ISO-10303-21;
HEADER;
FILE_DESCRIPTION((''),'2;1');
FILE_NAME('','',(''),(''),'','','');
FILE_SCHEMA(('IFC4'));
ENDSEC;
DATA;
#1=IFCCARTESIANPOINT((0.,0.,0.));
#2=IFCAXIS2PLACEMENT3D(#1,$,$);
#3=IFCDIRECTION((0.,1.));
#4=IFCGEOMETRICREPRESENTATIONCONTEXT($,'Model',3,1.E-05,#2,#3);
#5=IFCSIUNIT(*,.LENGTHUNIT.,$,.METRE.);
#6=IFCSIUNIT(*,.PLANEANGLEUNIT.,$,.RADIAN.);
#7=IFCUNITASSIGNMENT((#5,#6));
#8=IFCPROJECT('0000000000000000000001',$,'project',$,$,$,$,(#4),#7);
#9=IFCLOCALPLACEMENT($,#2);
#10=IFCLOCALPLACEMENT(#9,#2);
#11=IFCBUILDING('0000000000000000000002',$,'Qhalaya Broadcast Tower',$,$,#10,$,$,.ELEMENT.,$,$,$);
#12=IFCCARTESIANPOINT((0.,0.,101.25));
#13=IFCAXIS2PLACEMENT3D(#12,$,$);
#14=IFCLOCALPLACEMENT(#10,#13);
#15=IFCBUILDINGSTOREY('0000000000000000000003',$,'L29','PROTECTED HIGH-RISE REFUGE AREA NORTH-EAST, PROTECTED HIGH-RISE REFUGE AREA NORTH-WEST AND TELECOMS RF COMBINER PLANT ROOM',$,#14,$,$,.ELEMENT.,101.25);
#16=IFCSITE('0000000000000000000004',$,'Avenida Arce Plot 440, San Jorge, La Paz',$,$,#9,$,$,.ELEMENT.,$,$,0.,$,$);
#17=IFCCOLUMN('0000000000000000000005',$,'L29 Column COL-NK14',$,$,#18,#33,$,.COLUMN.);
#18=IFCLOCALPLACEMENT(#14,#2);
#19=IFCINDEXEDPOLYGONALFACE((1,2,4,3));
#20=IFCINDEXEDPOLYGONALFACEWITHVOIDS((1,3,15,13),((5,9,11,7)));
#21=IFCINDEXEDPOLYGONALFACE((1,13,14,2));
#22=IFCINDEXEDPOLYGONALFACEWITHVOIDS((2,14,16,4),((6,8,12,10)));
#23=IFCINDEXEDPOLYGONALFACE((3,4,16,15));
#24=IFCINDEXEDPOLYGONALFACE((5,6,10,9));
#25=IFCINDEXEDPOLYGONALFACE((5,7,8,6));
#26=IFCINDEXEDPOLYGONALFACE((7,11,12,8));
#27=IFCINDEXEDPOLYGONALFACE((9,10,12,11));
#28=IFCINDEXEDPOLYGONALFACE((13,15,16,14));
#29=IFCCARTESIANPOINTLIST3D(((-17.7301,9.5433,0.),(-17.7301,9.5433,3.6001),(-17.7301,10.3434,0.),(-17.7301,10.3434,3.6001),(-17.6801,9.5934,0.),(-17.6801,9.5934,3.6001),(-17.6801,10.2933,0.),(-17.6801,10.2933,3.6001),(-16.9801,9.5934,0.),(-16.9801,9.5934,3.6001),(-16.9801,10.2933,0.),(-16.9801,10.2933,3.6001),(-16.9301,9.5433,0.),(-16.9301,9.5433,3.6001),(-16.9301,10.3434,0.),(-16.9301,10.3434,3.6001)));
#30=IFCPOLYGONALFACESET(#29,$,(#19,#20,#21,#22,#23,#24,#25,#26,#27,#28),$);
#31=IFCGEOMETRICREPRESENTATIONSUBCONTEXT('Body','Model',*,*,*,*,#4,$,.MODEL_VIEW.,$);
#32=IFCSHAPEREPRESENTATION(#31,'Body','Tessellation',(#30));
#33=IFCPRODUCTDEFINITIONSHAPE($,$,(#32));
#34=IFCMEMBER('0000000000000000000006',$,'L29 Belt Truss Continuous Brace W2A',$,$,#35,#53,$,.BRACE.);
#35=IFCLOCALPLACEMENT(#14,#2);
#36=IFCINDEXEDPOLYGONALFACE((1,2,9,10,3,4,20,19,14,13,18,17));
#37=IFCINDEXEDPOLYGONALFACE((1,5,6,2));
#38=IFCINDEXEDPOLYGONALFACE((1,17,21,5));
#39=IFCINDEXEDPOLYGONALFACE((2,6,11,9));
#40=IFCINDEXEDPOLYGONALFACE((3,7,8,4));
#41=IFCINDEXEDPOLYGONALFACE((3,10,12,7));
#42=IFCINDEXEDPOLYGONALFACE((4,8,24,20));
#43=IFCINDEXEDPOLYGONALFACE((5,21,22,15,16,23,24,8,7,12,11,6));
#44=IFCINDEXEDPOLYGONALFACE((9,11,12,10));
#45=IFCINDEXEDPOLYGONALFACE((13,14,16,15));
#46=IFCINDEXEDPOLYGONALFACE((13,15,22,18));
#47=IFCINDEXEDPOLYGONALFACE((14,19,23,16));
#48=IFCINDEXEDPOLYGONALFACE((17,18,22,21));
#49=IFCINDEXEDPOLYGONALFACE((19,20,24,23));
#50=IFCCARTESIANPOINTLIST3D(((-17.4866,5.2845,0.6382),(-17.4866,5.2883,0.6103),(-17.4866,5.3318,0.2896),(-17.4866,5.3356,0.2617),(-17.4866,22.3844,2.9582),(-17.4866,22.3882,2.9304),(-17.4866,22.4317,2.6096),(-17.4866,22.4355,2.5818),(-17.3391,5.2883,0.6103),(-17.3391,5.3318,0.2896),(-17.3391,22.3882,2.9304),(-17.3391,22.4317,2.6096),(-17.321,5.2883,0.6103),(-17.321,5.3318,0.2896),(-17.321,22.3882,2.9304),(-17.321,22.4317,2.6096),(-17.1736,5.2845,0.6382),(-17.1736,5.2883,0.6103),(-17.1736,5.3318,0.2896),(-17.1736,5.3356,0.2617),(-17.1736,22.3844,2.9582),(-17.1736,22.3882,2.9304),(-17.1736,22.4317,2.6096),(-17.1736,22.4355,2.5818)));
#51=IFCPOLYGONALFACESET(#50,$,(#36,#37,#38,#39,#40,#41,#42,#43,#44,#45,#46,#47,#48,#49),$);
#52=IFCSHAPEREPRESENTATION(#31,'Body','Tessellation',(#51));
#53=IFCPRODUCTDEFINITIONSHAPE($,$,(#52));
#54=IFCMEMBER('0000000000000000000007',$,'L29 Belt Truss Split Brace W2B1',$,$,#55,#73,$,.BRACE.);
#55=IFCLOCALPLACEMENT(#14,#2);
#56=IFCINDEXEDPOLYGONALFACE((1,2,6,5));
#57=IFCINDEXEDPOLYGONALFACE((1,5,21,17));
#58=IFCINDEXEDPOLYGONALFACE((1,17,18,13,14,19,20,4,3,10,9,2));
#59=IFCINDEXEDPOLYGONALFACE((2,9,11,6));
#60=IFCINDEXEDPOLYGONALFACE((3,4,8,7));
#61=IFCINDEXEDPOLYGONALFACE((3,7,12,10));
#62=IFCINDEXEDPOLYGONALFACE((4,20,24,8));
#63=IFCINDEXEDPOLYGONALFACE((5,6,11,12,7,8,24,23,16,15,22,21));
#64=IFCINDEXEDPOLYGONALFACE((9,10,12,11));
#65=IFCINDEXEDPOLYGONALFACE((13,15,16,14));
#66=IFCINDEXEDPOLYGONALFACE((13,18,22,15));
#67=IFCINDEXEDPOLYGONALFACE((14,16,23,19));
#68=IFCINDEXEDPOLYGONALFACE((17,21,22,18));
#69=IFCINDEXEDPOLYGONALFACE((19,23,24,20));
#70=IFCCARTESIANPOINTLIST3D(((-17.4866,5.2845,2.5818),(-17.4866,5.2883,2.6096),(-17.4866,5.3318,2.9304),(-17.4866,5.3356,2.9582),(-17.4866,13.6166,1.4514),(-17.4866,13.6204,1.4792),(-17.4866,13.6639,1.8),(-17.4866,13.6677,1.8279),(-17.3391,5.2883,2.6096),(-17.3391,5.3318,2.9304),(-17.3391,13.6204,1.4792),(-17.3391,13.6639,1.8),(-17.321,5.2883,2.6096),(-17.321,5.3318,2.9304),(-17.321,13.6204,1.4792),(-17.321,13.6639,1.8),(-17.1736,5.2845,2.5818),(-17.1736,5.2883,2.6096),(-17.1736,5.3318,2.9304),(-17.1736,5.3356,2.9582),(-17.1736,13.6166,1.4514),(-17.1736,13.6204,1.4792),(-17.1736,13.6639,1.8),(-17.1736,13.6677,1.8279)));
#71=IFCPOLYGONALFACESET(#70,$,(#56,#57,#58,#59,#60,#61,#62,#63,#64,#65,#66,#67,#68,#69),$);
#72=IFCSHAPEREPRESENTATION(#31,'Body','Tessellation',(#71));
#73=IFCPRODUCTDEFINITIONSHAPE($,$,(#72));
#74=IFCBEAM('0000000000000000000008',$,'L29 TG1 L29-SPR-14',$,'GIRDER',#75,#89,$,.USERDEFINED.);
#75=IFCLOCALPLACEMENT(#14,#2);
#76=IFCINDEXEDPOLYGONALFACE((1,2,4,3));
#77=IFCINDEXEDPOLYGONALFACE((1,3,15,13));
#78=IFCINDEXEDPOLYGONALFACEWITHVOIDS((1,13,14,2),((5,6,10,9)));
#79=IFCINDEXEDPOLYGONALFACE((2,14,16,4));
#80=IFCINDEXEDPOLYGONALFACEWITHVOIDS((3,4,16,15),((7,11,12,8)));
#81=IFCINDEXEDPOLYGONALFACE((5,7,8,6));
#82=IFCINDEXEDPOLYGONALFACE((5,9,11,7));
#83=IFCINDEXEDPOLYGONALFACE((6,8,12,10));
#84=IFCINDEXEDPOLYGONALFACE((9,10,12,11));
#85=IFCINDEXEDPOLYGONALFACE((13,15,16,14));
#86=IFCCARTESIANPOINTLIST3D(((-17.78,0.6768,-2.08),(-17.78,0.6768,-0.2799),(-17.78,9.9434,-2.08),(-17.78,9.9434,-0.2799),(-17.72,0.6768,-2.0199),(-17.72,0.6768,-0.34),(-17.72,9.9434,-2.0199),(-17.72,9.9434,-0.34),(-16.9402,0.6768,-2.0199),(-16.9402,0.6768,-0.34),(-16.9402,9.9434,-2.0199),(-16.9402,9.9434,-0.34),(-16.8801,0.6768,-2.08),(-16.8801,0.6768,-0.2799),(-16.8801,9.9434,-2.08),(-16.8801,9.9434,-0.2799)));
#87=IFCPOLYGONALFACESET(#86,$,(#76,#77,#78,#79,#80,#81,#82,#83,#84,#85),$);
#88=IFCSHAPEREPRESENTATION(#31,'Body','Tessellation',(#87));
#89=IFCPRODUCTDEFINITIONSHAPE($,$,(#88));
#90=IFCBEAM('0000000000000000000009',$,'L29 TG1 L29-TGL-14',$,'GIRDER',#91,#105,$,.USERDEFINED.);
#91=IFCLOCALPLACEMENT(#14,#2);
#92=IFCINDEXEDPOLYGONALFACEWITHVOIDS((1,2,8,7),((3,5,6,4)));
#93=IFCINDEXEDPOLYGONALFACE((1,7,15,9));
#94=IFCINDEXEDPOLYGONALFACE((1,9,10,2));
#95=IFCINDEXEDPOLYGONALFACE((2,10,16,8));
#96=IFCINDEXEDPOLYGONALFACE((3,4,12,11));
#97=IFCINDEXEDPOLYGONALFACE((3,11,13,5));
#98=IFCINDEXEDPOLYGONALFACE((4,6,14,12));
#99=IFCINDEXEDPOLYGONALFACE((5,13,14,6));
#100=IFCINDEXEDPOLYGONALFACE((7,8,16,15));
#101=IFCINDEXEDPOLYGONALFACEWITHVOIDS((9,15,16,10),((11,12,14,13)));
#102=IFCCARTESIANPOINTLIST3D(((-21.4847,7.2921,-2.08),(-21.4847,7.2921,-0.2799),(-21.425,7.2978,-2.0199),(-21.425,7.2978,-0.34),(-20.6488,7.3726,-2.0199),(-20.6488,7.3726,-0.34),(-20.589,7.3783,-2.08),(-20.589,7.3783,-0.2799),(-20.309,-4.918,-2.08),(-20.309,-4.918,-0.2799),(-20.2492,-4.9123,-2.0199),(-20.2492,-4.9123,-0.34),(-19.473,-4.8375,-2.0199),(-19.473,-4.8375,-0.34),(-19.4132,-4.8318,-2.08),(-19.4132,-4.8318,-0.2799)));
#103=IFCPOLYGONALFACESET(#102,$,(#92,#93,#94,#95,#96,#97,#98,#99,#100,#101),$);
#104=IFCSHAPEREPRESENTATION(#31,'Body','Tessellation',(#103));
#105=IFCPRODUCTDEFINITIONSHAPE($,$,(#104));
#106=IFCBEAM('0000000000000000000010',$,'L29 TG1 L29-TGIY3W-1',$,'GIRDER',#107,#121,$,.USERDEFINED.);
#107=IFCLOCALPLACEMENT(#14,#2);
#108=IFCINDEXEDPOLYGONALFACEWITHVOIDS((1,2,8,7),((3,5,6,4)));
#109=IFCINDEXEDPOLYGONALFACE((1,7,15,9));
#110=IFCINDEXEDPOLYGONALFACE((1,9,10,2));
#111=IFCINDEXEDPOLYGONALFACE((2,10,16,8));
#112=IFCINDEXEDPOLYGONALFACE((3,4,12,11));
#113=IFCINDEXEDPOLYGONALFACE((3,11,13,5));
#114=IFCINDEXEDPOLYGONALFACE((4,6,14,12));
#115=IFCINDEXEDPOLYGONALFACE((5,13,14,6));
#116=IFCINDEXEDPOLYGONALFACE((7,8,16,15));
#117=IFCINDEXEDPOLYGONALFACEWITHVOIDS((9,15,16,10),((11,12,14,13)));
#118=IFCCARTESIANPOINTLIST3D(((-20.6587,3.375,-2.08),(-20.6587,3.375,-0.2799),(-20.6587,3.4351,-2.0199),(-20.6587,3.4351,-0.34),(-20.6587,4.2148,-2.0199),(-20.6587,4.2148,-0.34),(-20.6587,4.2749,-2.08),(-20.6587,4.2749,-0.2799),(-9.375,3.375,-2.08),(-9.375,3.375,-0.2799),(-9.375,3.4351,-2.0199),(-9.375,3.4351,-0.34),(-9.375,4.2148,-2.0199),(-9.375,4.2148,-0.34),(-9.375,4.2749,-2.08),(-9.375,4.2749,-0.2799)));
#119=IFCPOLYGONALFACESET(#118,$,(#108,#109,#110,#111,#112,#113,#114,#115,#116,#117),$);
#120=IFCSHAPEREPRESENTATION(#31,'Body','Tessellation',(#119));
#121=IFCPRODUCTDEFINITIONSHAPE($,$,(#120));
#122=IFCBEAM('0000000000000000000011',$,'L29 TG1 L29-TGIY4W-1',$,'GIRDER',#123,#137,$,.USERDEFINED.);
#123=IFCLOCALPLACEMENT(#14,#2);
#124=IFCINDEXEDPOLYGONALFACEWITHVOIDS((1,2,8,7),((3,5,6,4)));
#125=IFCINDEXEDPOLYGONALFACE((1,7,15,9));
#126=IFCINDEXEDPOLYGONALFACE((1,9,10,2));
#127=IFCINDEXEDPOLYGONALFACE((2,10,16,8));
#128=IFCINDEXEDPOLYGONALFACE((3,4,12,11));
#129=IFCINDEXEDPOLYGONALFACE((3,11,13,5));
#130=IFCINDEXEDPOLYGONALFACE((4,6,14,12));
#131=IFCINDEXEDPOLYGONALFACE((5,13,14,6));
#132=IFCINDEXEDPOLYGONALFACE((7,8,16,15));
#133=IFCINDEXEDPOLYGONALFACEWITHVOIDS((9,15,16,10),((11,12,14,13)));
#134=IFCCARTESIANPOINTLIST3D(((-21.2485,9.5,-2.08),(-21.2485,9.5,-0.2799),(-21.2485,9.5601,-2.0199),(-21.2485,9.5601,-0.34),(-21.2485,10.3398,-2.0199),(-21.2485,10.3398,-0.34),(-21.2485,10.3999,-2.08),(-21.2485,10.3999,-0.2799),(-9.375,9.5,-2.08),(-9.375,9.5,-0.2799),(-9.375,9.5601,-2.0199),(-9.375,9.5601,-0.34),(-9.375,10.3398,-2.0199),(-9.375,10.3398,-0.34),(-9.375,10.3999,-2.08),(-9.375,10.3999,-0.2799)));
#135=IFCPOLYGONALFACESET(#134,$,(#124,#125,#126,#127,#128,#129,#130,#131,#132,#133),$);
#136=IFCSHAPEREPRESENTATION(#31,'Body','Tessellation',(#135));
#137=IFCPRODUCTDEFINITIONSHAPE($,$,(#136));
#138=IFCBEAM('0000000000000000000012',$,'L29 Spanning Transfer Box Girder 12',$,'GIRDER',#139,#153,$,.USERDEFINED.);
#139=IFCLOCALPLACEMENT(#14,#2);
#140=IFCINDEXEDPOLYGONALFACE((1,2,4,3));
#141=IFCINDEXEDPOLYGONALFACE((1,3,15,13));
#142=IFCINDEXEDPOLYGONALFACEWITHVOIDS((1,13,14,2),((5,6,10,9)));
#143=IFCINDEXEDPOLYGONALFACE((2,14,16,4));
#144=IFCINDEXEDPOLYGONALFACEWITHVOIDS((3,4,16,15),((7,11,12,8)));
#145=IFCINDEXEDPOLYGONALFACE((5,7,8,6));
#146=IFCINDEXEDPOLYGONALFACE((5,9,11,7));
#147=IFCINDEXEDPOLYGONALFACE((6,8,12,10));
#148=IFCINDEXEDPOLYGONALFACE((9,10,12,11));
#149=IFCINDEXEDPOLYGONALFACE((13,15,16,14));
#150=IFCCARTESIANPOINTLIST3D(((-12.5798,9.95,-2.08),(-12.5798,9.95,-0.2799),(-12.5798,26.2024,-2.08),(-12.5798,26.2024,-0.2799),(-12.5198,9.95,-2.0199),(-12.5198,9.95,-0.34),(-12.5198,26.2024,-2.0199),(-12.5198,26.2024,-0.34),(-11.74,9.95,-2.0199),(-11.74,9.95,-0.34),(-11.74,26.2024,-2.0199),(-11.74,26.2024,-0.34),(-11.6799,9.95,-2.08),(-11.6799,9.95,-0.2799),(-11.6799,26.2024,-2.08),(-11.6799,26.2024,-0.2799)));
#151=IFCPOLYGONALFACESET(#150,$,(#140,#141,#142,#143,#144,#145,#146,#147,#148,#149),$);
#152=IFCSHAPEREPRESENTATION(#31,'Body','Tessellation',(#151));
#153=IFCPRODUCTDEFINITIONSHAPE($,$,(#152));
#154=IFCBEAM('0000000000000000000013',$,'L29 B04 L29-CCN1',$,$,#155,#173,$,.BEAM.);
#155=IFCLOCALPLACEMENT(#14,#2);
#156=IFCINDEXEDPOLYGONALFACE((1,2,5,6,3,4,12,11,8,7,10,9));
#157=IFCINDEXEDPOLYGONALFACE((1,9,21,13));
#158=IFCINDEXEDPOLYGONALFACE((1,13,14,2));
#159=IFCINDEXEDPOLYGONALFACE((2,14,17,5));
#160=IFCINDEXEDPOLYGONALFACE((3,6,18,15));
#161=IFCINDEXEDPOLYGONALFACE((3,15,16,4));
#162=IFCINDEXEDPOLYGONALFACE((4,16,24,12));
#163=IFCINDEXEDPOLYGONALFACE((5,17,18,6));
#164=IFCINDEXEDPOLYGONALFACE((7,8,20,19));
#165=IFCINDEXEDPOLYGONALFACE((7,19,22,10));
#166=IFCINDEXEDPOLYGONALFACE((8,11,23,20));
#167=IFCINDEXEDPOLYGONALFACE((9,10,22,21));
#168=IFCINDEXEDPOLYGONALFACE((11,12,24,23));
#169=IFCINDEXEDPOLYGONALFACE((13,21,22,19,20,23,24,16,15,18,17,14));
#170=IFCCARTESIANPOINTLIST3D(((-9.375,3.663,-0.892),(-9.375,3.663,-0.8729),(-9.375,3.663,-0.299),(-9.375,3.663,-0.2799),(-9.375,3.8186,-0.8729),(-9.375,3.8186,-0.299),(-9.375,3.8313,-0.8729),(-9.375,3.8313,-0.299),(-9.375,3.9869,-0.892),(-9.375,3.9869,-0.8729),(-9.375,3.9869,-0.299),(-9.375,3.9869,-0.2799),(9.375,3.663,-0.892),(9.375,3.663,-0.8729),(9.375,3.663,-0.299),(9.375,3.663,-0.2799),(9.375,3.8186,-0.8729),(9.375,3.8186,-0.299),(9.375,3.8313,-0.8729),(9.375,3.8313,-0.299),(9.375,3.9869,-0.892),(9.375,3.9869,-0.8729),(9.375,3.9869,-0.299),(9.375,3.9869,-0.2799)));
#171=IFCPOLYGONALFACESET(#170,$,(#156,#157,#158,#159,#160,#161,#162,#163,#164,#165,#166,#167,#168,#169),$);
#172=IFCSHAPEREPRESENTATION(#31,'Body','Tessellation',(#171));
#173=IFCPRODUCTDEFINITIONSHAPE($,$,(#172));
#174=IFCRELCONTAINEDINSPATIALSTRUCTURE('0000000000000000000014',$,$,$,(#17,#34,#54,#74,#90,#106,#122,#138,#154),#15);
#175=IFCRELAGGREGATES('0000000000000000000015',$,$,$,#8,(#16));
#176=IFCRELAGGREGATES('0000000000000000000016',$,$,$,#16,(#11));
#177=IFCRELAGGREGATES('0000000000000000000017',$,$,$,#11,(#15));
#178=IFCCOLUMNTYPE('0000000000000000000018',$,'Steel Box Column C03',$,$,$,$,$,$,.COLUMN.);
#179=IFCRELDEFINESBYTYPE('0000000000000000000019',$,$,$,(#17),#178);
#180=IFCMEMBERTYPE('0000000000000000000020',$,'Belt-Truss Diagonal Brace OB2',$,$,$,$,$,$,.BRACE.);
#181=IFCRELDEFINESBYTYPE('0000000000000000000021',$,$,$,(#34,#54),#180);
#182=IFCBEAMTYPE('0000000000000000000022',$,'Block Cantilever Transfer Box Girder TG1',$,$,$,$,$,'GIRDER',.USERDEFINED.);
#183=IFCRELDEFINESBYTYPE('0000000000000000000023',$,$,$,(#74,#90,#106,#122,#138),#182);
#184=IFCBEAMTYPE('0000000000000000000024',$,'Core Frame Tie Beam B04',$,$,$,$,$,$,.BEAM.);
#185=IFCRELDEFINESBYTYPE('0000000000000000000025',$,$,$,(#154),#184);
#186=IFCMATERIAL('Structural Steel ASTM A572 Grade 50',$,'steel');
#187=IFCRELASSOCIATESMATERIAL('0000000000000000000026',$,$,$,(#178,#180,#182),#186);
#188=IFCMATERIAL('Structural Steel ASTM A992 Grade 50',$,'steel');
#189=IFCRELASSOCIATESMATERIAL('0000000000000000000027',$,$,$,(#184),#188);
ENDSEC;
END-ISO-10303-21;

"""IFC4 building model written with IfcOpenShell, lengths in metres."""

from ifc_helpers import new_model, si_unit, direction, frame, origin, origin_2d, place, context, subcontext, project, spatial, hollow_rectangle, i_section, extrude, material, material_profile, profile_set, type_object, element, save


model = new_model("IFC4")

# Units and contexts
model_context = context("Model", 3, precision=1e-05, world=origin(), true_north=direction((0.0, 1.0)))
body_context = subcontext(model_context, "Body", "Model", "MODEL_VIEW")
ifc_project = project(units=[si_unit("LENGTHUNIT", "METRE"), si_unit("PLANEANGLEUNIT", "RADIAN")], contexts=[model_context])

# Site, building, storey
site_placement = place(None, origin())
site = spatial("IfcSite", under=ifc_project, at=site_placement, Name="Avenida Arce Plot 440, San Jorge, La Paz", CompositionType="ELEMENT", RefElevation=0.0)
building_placement = place(site_placement, origin())
building = spatial("IfcBuilding", under=site, at=building_placement, Name="Qhalaya Broadcast Tower", CompositionType="ELEMENT")
storey_placement = place(building_placement, frame((0.0, 0.0, 101.25)))
storey = spatial("IfcBuildingStorey", under=building, at=storey_placement, Name="L29", Description="PROTECTED HIGH-RISE REFUGE AREA NORTH-EAST, PROTECTED HIGH-RISE REFUGE AREA NORTH-WEST AND TELECOMS RF COMBINER PLANT ROOM", CompositionType="ELEMENT", Elevation=101.25)

# Column
ifc_material_1 = material(Name="Structural Steel ASTM A572 Grade 50", Category="steel")
ifc_material_profile_1 = material_profile(ifc_material_1, hollow_rectangle(XDim=0.8, YDim=0.8, WallThickness=0.05, at=origin_2d()), Name="BOX 800x800x50")
ifc_profile_set_1 = profile_set([ifc_material_profile_1], Name="Structural Steel ASTM A572 Grade 50")
column_type = type_object("IfcColumnType", Name="Steel Box Column C03", PredefinedType="COLUMN", material=ifc_profile_set_1)
column_placement = place(storey_placement, frame((-17.3301, 9.9434, 0.0), z_axis=(0.0, 0.0, 1.0), x_axis=(0.0, 1.0, 0.0)))
element("IfcColumn", 1, at=column_placement, inside=storey, type_object=column_type, Name="L29 Column COL-NK14", PredefinedType="COLUMN", context=body_context, shape_type="SweptSolid", body=[
    extrude(hollow_rectangle(XDim=0.8, YDim=0.8, WallThickness=0.05, at=origin_2d()), origin(), (0.0, 0.0, 1.0), 3.6001),
])

# Members
ifc_material_profile_2 = material_profile(ifc_material_1, i_section(OverallWidth=0.313, OverallDepth=0.3799, WebThickness=0.0181, FlangeThickness=0.0281, at=origin_2d()), Name="W12X120")
ifc_profile_set_2 = profile_set([ifc_material_profile_2], Name="Structural Steel ASTM A572 Grade 50")
member_type = type_object("IfcMemberType", Name="Belt-Truss Diagonal Brace OB2", PredefinedType="BRACE", material=ifc_profile_set_2)
member_1_placement = place(storey_placement, frame((-17.3301, 5.3101, 0.45), z_axis=(0.0, 0.990921, 0.134446), x_axis=(-1.0, 0.0, 0.0)))
element("IfcMember", 2, at=member_1_placement, inside=storey, type_object=member_type, Name="L29 Belt Truss Continuous Brace W2A", PredefinedType="BRACE", context=body_context, shape_type="SweptSolid", body=[
    extrude(i_section(OverallWidth=0.313, OverallDepth=0.3799, WebThickness=0.0181, FlangeThickness=0.0281, at=origin_2d()), origin(), (0.0, 0.0, 1.0), 17.2566),
])
member_2_placement = place(storey_placement, frame((-17.3301, 5.3101, 2.77), z_axis=(0.0, 0.990923, -0.134434), x_axis=(-1.0, 0.0, 0.0)))
element("IfcMember", 3, at=member_2_placement, inside=storey, type_object=member_type, Name="L29 Belt Truss Split Brace W2B1", PredefinedType="BRACE", context=body_context, shape_type="SweptSolid", body=[
    extrude(i_section(OverallWidth=0.313, OverallDepth=0.3799, WebThickness=0.0181, FlangeThickness=0.0281, at=origin_2d()), origin(), (0.0, 0.0, 1.0), 8.4084),
])

# Beams
ifc_material_profile_3 = material_profile(ifc_material_1, hollow_rectangle(XDim=0.8999, YDim=1.8, WallThickness=0.0601, at=origin_2d()), Name="BOX 900x1800x60")
ifc_profile_set_3 = profile_set([ifc_material_profile_3], Name="Structural Steel ASTM A572 Grade 50")
beam_type_1 = type_object("IfcBeamType", Name="Block Cantilever Transfer Box Girder TG1", ElementType="GIRDER", PredefinedType="USERDEFINED", material=ifc_profile_set_3)
beam_1_placement = place(storey_placement, frame((-17.3301, 9.9434, -1.1799), z_axis=(0.0, -1.0, 0.0), x_axis=(1.0, 0.0, 0.0)))
element("IfcBeam", 4, at=beam_1_placement, inside=storey, type_object=beam_type_1, Name="L29 TG1 L29-SPR-14", ObjectType="GIRDER", PredefinedType="USERDEFINED", context=body_context, shape_type="SweptSolid", body=[
    extrude(hollow_rectangle(XDim=0.8999, YDim=1.8, WallThickness=0.0601, at=origin_2d()), origin(), (0.0, 0.0, 1.0), 9.2666),
])
beam_2_placement = place(storey_placement, frame((-21.0369, 7.3352, -1.1799), z_axis=(0.095852, -0.995396, 0.0), x_axis=(0.995396, 0.095852, 0.0)))
element("IfcBeam", 5, at=beam_2_placement, inside=storey, type_object=beam_type_1, Name="L29 TG1 L29-TGL-14", ObjectType="GIRDER", PredefinedType="USERDEFINED", context=body_context, shape_type="SweptSolid", body=[
    extrude(hollow_rectangle(XDim=0.8999, YDim=1.8, WallThickness=0.0601, at=origin_2d()), origin(), (0.0, 0.0, 1.0), 12.2666),
])
beam_3_placement = place(storey_placement, frame((-20.6587, 3.825, -1.1799), z_axis=(1.0, 0.0, 0.0), x_axis=(0.0, 1.0, 0.0)))
element("IfcBeam", 6, at=beam_3_placement, inside=storey, type_object=beam_type_1, Name="L29 TG1 L29-TGIY3W-1", ObjectType="GIRDER", PredefinedType="USERDEFINED", context=body_context, shape_type="SweptSolid", body=[
    extrude(hollow_rectangle(XDim=0.8999, YDim=1.8, WallThickness=0.0601, at=origin_2d()), origin(), (0.0, 0.0, 1.0), 11.2837),
])
beam_4_placement = place(storey_placement, frame((-21.2485, 9.95, -1.1799), z_axis=(1.0, 0.0, 0.0), x_axis=(0.0, 1.0, 0.0)))
element("IfcBeam", 7, at=beam_4_placement, inside=storey, type_object=beam_type_1, Name="L29 TG1 L29-TGIY4W-1", ObjectType="GIRDER", PredefinedType="USERDEFINED", context=body_context, shape_type="SweptSolid", body=[
    extrude(hollow_rectangle(XDim=0.8999, YDim=1.8, WallThickness=0.0601, at=origin_2d()), origin(), (0.0, 0.0, 1.0), 11.8735),
])
beam_5_placement = place(storey_placement, frame((-12.1299, 9.95, -1.1799), z_axis=(0.0, 1.0, 0.0), x_axis=(-1.0, 0.0, 0.0)))
element("IfcBeam", 8, at=beam_5_placement, inside=storey, type_object=beam_type_1, Name="L29 Spanning Transfer Box Girder 12", ObjectType="GIRDER", PredefinedType="USERDEFINED", context=body_context, shape_type="SweptSolid", body=[
    extrude(hollow_rectangle(XDim=0.8999, YDim=1.8, WallThickness=0.0601, at=origin_2d()), origin(), (0.0, 0.0, 1.0), 16.2524),
])
ifc_material_2 = material(Name="Structural Steel ASTM A992 Grade 50", Category="steel")
ifc_material_profile_4 = material_profile(ifc_material_2, i_section(OverallWidth=0.324, OverallDepth=0.6121, WebThickness=0.0127, FlangeThickness=0.019, at=origin_2d()), Name="W24X104")
ifc_profile_set_4 = profile_set([ifc_material_profile_4], Name="Structural Steel ASTM A992 Grade 50")
beam_type_2 = type_object("IfcBeamType", Name="Core Frame Tie Beam B04", PredefinedType="BEAM", material=ifc_profile_set_4)
beam_6_placement = place(storey_placement, frame((-9.375, 3.825, -0.5859), z_axis=(1.0, 0.0, 0.0), x_axis=(0.0, 1.0, 0.0)))
element("IfcBeam", 9, at=beam_6_placement, inside=storey, type_object=beam_type_2, Name="L29 B04 L29-CCN1", PredefinedType="BEAM", context=body_context, shape_type="SweptSolid", body=[
    extrude(i_section(OverallWidth=0.324, OverallDepth=0.6121, WebThickness=0.0127, FlangeThickness=0.019, at=origin_2d()), origin(), (0.0, 0.0, 1.0), 18.75),
])

save(model, "model.ifc")
